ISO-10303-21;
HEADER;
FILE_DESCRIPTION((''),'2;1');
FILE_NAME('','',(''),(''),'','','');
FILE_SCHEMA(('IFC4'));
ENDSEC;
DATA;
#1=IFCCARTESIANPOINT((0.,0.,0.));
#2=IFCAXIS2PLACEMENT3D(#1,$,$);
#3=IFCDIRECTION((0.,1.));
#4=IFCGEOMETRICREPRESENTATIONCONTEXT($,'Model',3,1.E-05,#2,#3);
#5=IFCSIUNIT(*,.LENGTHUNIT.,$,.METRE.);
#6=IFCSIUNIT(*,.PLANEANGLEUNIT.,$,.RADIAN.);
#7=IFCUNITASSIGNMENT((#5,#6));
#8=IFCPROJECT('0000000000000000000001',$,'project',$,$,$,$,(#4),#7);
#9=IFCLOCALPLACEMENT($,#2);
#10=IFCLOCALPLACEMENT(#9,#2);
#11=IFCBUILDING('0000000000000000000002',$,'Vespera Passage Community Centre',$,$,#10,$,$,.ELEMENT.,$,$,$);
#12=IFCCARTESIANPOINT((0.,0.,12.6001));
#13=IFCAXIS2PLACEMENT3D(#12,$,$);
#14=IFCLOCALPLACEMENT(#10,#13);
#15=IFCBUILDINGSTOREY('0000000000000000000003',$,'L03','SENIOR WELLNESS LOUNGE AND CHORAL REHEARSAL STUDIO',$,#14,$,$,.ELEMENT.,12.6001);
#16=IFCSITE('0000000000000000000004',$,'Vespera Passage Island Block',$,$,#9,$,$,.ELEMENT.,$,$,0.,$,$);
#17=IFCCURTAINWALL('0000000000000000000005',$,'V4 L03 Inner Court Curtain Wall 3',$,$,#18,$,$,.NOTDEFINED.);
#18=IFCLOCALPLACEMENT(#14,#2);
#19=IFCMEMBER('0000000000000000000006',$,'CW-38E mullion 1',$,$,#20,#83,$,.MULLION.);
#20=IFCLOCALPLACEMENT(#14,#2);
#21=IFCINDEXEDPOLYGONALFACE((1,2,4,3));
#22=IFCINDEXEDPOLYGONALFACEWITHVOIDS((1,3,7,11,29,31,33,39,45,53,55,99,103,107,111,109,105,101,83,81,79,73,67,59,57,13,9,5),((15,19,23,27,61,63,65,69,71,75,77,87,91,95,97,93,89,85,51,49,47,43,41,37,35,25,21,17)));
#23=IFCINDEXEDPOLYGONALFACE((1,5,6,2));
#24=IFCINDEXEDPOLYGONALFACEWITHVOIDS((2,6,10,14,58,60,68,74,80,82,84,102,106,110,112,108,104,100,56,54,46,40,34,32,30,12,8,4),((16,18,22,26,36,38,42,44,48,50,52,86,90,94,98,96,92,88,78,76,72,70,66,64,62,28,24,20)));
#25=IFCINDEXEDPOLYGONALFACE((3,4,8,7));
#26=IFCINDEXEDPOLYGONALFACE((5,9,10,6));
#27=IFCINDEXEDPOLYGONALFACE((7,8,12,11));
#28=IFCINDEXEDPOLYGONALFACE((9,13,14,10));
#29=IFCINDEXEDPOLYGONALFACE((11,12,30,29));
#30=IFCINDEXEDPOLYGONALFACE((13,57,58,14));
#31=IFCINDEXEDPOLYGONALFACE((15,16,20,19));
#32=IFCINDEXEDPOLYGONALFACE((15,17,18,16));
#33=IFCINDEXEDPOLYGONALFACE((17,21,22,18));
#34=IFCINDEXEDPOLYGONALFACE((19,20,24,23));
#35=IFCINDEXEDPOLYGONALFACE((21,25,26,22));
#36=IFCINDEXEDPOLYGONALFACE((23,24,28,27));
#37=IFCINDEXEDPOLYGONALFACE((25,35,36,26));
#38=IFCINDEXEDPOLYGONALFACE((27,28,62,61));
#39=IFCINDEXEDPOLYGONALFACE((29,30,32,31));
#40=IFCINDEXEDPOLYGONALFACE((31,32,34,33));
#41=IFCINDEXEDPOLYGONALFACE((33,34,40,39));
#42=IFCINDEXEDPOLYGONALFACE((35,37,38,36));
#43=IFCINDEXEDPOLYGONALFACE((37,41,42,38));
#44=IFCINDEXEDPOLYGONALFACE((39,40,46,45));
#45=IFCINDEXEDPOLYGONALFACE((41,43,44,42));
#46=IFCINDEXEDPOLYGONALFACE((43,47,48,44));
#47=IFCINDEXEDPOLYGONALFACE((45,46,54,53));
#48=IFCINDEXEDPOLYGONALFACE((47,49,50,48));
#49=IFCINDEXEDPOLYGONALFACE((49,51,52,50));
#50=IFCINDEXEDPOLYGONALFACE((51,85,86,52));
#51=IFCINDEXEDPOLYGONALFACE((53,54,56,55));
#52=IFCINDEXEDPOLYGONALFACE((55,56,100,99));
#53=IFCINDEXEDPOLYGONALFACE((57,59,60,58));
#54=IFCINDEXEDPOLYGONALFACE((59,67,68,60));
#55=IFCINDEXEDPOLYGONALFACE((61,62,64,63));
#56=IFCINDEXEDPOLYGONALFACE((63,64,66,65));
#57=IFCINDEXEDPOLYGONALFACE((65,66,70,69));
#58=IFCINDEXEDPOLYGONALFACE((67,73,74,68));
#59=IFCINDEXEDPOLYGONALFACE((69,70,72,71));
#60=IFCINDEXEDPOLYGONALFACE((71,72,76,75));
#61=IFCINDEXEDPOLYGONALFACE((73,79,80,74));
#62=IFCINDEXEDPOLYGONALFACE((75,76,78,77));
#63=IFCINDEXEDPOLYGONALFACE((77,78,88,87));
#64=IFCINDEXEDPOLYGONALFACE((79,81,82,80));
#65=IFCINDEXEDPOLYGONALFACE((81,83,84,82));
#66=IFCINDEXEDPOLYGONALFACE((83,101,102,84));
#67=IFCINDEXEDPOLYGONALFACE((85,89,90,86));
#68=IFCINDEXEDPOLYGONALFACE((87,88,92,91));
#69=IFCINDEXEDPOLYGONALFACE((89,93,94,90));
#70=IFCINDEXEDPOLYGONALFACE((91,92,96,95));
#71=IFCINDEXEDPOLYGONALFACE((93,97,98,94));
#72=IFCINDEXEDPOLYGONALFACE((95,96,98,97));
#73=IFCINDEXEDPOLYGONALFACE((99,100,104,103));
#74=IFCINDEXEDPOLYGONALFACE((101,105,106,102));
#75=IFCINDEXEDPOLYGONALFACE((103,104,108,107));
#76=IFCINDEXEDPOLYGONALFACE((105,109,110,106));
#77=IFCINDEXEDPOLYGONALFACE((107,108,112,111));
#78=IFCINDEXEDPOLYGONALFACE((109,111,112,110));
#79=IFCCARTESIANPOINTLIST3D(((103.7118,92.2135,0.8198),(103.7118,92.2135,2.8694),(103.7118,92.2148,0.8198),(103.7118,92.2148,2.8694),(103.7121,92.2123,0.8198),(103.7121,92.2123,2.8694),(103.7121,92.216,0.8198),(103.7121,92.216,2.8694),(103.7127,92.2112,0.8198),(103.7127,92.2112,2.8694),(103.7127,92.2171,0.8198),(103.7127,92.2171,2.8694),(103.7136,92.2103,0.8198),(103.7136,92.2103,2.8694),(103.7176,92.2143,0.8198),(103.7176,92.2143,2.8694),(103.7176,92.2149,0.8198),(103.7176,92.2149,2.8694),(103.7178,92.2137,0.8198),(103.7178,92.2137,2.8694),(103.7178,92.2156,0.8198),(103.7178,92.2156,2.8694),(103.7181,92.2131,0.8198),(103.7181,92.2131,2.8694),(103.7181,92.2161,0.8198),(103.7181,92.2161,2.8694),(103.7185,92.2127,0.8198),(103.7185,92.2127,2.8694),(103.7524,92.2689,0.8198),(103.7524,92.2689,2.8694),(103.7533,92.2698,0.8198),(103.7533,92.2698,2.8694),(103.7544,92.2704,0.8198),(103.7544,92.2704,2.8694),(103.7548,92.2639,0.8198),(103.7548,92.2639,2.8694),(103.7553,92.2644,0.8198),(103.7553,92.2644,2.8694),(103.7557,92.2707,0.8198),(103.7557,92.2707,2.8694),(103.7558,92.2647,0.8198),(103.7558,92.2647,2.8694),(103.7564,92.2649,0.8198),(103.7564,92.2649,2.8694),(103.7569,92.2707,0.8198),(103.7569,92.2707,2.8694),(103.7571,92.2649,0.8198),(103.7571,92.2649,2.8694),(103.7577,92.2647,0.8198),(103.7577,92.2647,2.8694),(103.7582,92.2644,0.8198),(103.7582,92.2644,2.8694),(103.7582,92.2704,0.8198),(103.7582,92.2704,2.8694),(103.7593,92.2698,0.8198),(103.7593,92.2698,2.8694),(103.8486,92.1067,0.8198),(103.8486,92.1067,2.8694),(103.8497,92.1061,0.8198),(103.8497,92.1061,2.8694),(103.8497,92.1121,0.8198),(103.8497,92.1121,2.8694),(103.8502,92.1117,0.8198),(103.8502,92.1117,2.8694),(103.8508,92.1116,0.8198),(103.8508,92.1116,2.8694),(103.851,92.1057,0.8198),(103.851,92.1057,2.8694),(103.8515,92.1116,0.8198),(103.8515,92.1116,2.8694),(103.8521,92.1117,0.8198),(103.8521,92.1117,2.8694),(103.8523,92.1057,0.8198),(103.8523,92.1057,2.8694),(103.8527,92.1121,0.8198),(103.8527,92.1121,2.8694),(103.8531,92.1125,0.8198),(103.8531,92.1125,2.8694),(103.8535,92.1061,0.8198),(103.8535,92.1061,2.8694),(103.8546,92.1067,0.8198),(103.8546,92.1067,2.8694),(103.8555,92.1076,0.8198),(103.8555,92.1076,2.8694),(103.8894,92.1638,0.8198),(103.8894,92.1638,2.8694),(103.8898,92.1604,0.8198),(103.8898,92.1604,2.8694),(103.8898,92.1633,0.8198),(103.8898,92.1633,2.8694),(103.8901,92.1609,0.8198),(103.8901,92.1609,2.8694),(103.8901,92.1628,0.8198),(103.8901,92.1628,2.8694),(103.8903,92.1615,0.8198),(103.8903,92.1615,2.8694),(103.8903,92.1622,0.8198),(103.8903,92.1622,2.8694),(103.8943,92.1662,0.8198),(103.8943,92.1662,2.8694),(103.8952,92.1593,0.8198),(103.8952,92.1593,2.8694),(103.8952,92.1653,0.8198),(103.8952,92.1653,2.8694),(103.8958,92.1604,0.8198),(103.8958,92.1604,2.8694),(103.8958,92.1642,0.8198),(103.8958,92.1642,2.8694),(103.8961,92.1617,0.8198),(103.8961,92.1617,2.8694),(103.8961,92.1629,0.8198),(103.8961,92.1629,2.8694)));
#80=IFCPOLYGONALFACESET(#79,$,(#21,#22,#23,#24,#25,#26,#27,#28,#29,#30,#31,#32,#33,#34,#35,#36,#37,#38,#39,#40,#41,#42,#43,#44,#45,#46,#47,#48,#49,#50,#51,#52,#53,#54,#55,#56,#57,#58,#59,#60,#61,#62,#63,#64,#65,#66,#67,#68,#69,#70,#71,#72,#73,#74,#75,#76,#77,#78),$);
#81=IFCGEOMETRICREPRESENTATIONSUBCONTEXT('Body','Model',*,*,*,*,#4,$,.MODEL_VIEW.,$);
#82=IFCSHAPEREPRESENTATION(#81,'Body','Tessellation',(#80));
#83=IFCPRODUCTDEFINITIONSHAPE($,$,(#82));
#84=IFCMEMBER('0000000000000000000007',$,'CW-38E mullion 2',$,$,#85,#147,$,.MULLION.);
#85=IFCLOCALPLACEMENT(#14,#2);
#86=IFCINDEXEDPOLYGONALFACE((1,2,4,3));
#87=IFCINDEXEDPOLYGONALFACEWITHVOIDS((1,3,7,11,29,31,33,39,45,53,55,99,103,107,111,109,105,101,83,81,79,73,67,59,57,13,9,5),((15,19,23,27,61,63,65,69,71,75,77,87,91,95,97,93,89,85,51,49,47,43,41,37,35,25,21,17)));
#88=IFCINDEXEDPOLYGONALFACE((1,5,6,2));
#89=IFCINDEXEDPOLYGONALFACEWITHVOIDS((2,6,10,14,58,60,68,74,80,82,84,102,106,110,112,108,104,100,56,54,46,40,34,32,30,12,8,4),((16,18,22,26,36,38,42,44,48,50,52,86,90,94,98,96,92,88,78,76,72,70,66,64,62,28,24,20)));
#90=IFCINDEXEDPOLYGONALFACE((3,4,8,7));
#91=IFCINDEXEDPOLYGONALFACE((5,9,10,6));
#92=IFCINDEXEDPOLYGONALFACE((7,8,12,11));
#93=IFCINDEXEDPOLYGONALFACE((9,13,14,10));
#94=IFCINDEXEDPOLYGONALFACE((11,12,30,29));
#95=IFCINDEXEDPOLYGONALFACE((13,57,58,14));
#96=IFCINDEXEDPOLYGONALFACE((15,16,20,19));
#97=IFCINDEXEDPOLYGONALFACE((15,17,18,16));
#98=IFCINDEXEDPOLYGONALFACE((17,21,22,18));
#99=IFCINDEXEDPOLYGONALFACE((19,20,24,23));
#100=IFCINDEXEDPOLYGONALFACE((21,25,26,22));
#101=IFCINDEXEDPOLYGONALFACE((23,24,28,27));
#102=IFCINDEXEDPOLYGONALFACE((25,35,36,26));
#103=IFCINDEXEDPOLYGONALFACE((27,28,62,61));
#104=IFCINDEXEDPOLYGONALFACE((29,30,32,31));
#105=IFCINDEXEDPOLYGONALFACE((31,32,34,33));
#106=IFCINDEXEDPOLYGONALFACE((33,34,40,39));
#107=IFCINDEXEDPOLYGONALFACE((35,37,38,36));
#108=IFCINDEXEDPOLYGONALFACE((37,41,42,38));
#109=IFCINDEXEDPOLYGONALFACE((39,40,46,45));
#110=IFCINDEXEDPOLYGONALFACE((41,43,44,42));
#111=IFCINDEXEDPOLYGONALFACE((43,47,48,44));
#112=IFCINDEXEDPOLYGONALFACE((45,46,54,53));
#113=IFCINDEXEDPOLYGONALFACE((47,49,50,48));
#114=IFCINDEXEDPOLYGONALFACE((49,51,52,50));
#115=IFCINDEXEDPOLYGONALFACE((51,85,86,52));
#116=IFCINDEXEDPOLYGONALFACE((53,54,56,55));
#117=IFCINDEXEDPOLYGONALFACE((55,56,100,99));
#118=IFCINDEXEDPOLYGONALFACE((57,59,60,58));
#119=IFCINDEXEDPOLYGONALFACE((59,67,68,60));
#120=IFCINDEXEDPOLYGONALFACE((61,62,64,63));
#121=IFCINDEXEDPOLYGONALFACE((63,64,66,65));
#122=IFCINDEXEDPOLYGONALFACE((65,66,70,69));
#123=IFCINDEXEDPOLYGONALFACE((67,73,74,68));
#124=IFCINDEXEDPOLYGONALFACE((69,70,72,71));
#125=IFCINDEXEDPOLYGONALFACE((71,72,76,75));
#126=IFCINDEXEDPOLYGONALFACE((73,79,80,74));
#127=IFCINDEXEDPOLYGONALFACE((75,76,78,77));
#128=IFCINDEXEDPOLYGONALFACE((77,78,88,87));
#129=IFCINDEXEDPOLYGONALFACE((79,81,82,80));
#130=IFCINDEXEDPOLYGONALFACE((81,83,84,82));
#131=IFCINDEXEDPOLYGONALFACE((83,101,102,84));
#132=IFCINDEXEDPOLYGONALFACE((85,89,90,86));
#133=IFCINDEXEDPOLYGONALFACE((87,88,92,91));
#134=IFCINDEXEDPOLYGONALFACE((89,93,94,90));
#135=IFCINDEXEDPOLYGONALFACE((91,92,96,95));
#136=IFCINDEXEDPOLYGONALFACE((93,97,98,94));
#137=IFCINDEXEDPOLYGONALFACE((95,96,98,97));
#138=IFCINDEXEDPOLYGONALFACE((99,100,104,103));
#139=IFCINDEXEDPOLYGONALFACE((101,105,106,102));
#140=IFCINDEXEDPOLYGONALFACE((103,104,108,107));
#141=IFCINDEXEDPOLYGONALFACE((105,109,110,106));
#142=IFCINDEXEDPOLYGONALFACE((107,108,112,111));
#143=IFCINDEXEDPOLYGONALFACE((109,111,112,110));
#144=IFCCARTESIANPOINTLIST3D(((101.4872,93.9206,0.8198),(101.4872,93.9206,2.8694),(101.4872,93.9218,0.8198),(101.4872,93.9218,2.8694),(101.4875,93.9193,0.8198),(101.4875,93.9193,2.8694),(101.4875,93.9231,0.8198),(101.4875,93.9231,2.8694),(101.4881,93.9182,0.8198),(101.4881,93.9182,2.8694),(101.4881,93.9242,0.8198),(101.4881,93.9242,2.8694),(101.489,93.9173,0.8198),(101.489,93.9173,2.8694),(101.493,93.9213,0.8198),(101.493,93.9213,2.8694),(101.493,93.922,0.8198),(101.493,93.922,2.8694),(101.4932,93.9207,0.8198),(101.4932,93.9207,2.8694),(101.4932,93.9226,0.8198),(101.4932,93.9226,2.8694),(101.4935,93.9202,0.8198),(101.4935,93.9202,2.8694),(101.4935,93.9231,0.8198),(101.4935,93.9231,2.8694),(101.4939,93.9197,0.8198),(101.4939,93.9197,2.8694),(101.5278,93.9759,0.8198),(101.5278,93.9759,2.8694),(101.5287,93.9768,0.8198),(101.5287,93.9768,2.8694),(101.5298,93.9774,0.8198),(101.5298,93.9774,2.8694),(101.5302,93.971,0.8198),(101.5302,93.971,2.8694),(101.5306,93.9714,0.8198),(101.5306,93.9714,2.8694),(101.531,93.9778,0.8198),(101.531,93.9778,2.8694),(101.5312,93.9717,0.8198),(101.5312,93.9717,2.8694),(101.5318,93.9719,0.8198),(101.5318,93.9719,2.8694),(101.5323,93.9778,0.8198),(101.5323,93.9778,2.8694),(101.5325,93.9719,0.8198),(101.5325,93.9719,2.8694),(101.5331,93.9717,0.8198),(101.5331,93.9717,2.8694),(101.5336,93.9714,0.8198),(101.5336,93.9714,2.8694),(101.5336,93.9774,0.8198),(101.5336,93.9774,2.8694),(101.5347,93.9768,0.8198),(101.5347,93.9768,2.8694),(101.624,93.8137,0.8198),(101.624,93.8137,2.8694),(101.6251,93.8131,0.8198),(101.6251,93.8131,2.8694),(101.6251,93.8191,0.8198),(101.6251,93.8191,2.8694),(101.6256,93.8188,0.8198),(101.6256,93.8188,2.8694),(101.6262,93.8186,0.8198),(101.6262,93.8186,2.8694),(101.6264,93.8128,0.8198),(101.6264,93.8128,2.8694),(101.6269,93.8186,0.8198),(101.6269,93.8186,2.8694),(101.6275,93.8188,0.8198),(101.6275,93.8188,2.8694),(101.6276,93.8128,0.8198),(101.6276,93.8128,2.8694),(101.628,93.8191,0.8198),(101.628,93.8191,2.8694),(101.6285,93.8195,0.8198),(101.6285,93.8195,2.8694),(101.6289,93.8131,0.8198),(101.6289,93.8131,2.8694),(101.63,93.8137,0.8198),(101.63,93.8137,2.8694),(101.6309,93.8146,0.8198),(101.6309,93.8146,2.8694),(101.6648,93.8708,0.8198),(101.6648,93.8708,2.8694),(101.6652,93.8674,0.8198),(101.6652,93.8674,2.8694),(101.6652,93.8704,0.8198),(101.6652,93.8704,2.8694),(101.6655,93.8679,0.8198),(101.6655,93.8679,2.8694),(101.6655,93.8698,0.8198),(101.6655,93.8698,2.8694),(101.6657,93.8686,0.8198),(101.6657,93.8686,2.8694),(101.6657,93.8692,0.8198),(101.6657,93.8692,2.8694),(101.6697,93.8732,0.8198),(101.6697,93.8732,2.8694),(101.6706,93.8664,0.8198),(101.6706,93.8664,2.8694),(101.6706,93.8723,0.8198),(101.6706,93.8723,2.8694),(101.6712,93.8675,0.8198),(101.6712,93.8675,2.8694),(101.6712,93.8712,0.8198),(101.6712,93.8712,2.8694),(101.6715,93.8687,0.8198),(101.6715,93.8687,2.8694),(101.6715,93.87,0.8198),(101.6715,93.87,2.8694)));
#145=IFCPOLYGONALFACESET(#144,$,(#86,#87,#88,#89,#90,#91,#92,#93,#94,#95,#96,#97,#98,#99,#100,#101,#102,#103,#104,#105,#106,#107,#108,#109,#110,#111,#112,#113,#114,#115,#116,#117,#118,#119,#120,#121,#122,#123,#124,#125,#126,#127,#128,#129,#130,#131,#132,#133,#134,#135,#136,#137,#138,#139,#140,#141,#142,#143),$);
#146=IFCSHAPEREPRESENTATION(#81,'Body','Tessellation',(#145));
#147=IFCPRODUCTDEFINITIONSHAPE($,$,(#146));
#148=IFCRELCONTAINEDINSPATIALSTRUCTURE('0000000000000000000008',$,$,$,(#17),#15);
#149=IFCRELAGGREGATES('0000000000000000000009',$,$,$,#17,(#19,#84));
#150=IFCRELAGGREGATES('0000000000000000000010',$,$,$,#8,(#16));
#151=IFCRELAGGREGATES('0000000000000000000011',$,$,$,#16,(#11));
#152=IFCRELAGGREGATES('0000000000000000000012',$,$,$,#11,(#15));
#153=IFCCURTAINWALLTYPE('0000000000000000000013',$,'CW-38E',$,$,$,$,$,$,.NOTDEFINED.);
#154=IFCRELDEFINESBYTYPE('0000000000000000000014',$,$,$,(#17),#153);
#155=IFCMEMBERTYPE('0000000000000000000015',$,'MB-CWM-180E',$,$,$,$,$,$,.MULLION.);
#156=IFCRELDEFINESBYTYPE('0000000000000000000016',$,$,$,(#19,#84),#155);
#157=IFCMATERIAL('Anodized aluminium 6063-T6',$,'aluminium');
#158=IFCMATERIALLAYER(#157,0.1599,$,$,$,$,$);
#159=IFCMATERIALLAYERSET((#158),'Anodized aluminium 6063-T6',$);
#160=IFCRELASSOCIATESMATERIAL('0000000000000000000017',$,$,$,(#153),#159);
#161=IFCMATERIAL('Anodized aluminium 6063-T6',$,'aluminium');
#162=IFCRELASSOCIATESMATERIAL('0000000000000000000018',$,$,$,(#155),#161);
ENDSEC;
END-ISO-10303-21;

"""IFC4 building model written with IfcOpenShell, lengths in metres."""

from ifc_helpers import new_model, si_unit, direction, frame, origin, origin_2d, place, context, subcontext, project, spatial, hollow_rectangle, extrude, material, layer, layer_set, material_profile, profile_set, type_object, element, aggregate, save


model = new_model("IFC4")

# Units and contexts
model_context = context("Model", 3, precision=1e-05, world=origin(), true_north=direction((0.0, 1.0)))
body_context = subcontext(model_context, "Body", "Model", "MODEL_VIEW")
ifc_project = project(units=[si_unit("LENGTHUNIT", "METRE"), si_unit("PLANEANGLEUNIT", "RADIAN")], contexts=[model_context])

# Site, building, storey
site_placement = place(None, origin())
site = spatial("IfcSite", under=ifc_project, at=site_placement, Name="Vespera Passage Island Block", CompositionType="ELEMENT", RefElevation=0.0)
building_placement = place(site_placement, origin())
building = spatial("IfcBuilding", under=site, at=building_placement, Name="Vespera Passage Community Centre", CompositionType="ELEMENT")
storey_placement = place(building_placement, frame((0.0, 0.0, 12.6001)))
storey = spatial("IfcBuildingStorey", under=building, at=storey_placement, Name="L03", Description="SENIOR WELLNESS LOUNGE AND CHORAL REHEARSAL STUDIO", CompositionType="ELEMENT", Elevation=12.6001)

# Curtain wall, members
ifc_material_1 = material(Name="Anodized aluminium 6063-T6", Category="aluminium")
ifc_layer_1 = layer(ifc_material_1, 0.1599)
ifc_layer_set_1 = layer_set([ifc_layer_1], Name="Anodized aluminium 6063-T6")
curtain_wall_type = type_object("IfcCurtainWallType", Name="CW-38E", PredefinedType="NOTDEFINED", material=ifc_layer_set_1)
curtain_wall_placement = place(storey_placement, origin())
curtain_wall = element("IfcCurtainWall", 1, at=curtain_wall_placement, inside=storey, type_object=curtain_wall_type, Name="V4 L03 Inner Court Curtain Wall 3", PredefinedType="NOTDEFINED")
ifc_material_2 = material(Name="Anodized aluminium 6063-T6", Category="aluminium")
ifc_material_profile_1 = material_profile(ifc_material_2, hollow_rectangle(XDim=0.075, YDim=0.1799, WallThickness=0.0049, InnerFilletRadius=0.0024, OuterFilletRadius=0.0049, at=origin_2d()), Name="ALU180X75X5")
ifc_profile_set_1 = profile_set([ifc_material_profile_1], Name="Anodized aluminium 6063-T6")
member_type_1 = type_object("IfcMemberType", Name="MB-CWM-180E", PredefinedType="MULLION", material=ifc_profile_set_1)
member_1_placement = place(storey_placement, frame((103.804, 92.1882, 0.8198), z_axis=(0.0, 0.0, 1.0), x_axis=(-0.608755, -0.793358, 0.0)))
member_1 = element("IfcMember", 2, at=member_1_placement, type_object=member_type_1, Name="CW-38E mullion 1", PredefinedType="MULLION", context=body_context, shape_type="SweptSolid", body=[
    extrude(hollow_rectangle(XDim=0.075, YDim=0.1799, WallThickness=0.0049, InnerFilletRadius=0.0024, OuterFilletRadius=0.0049, at=origin_2d()), origin(), (0.0, 0.0, 1.0), 2.0496),
])
member_2_placement = place(storey_placement, frame((101.5793, 93.8953, 0.8198), z_axis=(0.0, 0.0, 1.0), x_axis=(-0.608755, -0.793358, 0.0)))
member_2 = element("IfcMember", 3, at=member_2_placement, type_object=member_type_1, Name="CW-38E mullion 2", PredefinedType="MULLION", context=body_context, shape_type="SweptSolid", body=[
    extrude(hollow_rectangle(XDim=0.075, YDim=0.1799, WallThickness=0.0049, InnerFilletRadius=0.0024, OuterFilletRadius=0.0049, at=origin_2d()), origin(), (0.0, 0.0, 1.0), 2.0496),
])
aggregate(curtain_wall, [member_1, member_2])

save(model, "model.ifc")
